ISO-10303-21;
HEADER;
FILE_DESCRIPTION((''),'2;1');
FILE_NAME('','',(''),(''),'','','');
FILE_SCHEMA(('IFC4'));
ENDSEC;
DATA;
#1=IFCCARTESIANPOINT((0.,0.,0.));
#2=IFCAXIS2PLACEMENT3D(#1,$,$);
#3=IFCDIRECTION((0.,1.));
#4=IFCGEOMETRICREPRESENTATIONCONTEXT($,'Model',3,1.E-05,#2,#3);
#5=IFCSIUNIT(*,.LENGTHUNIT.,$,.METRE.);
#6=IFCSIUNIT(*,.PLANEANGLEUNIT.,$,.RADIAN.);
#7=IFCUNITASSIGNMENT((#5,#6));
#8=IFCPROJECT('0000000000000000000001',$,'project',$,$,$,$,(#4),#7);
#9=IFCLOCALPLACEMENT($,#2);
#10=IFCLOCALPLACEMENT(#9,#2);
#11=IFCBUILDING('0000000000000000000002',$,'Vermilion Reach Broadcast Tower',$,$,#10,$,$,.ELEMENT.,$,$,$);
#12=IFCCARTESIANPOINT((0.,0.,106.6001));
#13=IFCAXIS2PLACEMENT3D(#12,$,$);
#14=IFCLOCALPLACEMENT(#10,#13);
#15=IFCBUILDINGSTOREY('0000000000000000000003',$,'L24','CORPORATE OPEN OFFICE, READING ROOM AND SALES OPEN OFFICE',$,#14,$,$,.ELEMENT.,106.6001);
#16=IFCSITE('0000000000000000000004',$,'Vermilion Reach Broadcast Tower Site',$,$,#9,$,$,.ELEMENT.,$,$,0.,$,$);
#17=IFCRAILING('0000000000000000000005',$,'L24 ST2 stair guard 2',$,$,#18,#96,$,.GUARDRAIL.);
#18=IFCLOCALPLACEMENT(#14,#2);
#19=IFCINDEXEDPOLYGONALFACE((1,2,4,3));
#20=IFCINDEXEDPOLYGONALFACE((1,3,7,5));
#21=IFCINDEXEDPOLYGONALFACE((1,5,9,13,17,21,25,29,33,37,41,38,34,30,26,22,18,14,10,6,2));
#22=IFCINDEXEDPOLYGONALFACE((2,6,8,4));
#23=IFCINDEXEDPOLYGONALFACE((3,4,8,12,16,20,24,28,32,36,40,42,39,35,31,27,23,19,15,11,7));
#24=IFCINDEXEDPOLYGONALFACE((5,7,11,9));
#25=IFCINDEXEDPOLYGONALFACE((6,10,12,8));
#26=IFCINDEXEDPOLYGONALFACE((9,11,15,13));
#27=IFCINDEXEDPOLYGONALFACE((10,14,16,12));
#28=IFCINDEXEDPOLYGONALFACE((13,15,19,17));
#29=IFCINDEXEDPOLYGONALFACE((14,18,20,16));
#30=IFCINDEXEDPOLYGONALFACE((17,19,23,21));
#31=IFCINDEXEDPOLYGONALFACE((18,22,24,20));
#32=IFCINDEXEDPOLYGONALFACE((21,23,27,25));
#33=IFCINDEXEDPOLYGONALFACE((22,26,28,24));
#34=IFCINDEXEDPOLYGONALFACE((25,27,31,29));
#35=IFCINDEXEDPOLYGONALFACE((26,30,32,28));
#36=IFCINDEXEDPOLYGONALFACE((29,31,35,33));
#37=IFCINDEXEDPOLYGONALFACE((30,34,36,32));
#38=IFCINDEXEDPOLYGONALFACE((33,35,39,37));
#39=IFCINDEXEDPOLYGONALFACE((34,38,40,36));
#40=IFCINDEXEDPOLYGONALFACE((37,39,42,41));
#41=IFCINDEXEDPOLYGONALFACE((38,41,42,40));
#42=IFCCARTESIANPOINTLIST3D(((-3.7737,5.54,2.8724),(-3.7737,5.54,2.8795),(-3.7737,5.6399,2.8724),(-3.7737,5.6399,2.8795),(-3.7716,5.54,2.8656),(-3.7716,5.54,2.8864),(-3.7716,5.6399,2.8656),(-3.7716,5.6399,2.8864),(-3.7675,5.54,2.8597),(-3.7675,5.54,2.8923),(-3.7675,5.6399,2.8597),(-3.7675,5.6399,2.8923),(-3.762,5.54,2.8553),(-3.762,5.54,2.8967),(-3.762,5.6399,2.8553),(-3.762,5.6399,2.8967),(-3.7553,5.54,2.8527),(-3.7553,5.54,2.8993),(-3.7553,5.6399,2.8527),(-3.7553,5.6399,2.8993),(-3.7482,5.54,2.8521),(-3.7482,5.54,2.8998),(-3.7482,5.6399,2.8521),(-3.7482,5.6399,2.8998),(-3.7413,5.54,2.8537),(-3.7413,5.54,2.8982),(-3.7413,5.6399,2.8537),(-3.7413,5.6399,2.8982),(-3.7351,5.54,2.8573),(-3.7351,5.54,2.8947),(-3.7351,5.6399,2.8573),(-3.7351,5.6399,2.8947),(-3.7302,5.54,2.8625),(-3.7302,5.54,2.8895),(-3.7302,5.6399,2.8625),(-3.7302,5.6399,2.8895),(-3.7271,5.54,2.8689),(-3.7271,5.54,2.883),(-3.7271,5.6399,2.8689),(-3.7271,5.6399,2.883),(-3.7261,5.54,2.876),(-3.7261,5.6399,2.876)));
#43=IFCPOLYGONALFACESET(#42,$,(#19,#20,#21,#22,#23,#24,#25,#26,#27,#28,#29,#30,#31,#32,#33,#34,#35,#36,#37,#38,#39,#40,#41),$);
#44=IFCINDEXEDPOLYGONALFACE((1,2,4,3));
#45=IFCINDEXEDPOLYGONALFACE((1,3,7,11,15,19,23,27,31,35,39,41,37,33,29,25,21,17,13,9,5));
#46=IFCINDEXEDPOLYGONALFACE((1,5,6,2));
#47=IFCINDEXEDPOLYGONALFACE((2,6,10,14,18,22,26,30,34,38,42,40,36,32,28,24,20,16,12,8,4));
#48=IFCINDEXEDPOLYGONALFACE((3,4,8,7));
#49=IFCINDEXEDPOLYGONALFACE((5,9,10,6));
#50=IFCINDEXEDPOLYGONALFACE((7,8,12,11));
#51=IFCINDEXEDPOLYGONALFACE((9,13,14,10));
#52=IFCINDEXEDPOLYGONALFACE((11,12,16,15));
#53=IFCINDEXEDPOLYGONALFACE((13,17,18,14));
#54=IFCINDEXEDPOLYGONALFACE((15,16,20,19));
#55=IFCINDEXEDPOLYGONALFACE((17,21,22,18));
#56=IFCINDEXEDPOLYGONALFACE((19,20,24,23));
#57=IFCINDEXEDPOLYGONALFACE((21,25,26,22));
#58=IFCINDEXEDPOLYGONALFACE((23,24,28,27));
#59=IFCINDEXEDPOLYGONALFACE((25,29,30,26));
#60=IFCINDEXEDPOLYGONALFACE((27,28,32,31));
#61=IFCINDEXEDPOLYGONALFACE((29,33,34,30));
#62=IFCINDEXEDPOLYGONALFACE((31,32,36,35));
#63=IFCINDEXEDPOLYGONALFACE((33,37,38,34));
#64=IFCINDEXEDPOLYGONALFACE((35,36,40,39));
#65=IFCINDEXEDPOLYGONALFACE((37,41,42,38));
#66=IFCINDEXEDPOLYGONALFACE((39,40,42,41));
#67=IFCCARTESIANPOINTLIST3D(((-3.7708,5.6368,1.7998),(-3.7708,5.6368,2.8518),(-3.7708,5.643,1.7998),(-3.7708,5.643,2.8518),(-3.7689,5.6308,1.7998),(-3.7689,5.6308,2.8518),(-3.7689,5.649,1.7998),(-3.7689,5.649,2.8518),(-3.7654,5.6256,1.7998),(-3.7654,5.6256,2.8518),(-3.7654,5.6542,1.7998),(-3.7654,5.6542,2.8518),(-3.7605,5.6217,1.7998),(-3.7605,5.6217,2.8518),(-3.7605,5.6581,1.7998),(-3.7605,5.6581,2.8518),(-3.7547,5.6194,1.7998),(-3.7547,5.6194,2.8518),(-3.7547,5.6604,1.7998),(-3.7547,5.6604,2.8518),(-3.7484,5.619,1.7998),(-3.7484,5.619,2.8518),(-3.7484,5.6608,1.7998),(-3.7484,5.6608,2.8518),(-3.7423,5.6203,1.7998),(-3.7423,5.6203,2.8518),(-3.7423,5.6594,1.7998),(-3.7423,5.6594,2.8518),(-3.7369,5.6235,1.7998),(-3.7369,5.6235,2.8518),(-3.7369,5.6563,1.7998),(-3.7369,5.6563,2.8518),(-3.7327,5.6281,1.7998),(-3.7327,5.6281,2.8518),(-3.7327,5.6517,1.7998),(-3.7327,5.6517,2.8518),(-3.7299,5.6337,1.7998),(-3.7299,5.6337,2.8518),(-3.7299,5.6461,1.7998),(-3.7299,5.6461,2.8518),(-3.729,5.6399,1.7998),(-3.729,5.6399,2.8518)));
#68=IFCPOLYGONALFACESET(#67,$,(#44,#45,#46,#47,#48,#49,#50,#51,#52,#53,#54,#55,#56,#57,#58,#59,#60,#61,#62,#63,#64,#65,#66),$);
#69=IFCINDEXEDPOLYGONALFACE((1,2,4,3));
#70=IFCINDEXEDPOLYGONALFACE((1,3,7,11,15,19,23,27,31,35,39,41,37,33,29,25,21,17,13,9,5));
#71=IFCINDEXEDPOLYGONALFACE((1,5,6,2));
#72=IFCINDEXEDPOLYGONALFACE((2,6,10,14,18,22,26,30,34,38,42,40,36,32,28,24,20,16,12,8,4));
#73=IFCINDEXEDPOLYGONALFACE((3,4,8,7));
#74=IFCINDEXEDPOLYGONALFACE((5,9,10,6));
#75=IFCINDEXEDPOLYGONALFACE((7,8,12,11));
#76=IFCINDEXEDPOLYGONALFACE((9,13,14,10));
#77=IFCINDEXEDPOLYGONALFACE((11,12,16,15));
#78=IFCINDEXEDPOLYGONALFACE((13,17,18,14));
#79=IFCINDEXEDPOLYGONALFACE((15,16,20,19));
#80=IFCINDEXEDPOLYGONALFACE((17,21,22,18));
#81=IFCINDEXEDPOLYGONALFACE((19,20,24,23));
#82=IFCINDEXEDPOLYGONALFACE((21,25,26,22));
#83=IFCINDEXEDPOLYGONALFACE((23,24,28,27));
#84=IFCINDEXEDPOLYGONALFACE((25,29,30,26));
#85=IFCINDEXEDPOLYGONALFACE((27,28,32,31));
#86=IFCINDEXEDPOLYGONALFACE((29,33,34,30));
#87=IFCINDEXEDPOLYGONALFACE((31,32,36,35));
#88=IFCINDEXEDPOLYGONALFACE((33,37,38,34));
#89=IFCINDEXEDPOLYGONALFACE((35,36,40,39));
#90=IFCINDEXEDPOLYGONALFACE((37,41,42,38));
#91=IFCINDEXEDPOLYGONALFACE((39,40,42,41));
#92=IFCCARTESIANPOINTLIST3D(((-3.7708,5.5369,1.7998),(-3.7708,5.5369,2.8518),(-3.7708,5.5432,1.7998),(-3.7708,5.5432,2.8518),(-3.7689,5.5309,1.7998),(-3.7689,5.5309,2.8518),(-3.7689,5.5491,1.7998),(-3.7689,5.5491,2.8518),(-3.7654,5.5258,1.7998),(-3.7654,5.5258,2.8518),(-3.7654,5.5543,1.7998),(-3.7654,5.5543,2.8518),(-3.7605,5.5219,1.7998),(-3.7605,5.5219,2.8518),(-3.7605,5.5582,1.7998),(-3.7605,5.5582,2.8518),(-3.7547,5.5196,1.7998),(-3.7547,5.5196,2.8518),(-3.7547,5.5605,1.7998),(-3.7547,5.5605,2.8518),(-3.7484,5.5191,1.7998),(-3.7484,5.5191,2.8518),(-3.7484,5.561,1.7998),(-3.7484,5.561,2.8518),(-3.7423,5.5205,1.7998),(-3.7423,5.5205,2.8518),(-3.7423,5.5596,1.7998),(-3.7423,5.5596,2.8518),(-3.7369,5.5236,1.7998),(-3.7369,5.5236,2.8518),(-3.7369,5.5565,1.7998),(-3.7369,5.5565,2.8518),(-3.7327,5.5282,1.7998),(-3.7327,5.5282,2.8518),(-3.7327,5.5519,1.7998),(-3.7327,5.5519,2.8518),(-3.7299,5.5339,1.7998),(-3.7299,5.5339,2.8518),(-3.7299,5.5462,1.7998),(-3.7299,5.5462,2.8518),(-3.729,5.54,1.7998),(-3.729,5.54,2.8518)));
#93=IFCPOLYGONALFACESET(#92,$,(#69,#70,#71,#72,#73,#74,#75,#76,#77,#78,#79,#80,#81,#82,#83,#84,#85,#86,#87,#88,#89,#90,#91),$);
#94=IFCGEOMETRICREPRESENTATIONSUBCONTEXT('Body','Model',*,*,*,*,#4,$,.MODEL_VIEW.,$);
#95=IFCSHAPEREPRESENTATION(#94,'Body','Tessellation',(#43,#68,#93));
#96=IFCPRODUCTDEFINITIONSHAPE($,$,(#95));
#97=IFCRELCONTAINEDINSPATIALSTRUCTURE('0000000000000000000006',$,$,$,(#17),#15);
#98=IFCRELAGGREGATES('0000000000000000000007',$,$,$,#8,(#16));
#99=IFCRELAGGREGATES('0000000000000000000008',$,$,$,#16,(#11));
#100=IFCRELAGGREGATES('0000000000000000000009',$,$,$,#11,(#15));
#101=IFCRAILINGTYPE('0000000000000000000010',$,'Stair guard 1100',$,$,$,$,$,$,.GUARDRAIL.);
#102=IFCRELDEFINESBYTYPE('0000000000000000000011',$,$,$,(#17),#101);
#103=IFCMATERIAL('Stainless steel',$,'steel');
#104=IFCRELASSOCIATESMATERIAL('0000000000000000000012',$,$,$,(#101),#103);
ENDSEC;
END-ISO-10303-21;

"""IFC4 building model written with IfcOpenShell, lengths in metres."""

from ifc_helpers import new_model, si_unit, direction, frame, origin, origin_2d, place, context, subcontext, project, spatial, circle, extrude, material, type_object, element, save


model = new_model("IFC4")

# Units and contexts
model_context = context("Model", 3, precision=1e-05, world=origin(), true_north=direction((0.0, 1.0)))
body_context = subcontext(model_context, "Body", "Model", "MODEL_VIEW")
ifc_project = project(units=[si_unit("LENGTHUNIT", "METRE"), si_unit("PLANEANGLEUNIT", "RADIAN")], contexts=[model_context])

# Site, building, storey
site_placement = place(None, origin())
site = spatial("IfcSite", under=ifc_project, at=site_placement, Name="Vermilion Reach Broadcast Tower Site", CompositionType="ELEMENT", RefElevation=0.0)
building_placement = place(site_placement, origin())
building = spatial("IfcBuilding", under=site, at=building_placement, Name="Vermilion Reach Broadcast Tower", CompositionType="ELEMENT")
storey_placement = place(building_placement, frame((0.0, 0.0, 106.6001)))
storey = spatial("IfcBuildingStorey", under=building, at=storey_placement, Name="L24", Description="CORPORATE OPEN OFFICE, READING ROOM AND SALES OPEN OFFICE", CompositionType="ELEMENT", Elevation=106.6001)

# Railing
ifc_material_1 = material(Name="Stainless steel", Category="steel")
railing_type_1 = type_object("IfcRailingType", Name="Stair guard 1100", PredefinedType="GUARDRAIL", material=ifc_material_1)
railing_1_placement = place(storey_placement, frame((-3.75, 5.6399, 1.7998)))
element("IfcRailing", 1, at=railing_1_placement, inside=storey, type_object=railing_type_1, Name="L24 ST2 stair guard 2", PredefinedType="GUARDRAIL", context=body_context, shape_type="SweptSolid", body=[
    extrude(circle(Radius=0.0239, at=origin_2d()), frame((0.0, 0.0, 1.0762), z_axis=(0.0, -1.0, 0.0), x_axis=(1.0, 0.0, 0.0)), (0.0, 0.0, 1.0), 0.0999),
    extrude(circle(Radius=0.021, at=origin_2d()), origin(), (0.0, 0.0, 1.0), 1.052),
    extrude(circle(Radius=0.021, at=origin_2d()), frame((0.0, -0.0999, 0.0)), (0.0, 0.0, 1.0), 1.052),
])

save(model, "model.ifc")
